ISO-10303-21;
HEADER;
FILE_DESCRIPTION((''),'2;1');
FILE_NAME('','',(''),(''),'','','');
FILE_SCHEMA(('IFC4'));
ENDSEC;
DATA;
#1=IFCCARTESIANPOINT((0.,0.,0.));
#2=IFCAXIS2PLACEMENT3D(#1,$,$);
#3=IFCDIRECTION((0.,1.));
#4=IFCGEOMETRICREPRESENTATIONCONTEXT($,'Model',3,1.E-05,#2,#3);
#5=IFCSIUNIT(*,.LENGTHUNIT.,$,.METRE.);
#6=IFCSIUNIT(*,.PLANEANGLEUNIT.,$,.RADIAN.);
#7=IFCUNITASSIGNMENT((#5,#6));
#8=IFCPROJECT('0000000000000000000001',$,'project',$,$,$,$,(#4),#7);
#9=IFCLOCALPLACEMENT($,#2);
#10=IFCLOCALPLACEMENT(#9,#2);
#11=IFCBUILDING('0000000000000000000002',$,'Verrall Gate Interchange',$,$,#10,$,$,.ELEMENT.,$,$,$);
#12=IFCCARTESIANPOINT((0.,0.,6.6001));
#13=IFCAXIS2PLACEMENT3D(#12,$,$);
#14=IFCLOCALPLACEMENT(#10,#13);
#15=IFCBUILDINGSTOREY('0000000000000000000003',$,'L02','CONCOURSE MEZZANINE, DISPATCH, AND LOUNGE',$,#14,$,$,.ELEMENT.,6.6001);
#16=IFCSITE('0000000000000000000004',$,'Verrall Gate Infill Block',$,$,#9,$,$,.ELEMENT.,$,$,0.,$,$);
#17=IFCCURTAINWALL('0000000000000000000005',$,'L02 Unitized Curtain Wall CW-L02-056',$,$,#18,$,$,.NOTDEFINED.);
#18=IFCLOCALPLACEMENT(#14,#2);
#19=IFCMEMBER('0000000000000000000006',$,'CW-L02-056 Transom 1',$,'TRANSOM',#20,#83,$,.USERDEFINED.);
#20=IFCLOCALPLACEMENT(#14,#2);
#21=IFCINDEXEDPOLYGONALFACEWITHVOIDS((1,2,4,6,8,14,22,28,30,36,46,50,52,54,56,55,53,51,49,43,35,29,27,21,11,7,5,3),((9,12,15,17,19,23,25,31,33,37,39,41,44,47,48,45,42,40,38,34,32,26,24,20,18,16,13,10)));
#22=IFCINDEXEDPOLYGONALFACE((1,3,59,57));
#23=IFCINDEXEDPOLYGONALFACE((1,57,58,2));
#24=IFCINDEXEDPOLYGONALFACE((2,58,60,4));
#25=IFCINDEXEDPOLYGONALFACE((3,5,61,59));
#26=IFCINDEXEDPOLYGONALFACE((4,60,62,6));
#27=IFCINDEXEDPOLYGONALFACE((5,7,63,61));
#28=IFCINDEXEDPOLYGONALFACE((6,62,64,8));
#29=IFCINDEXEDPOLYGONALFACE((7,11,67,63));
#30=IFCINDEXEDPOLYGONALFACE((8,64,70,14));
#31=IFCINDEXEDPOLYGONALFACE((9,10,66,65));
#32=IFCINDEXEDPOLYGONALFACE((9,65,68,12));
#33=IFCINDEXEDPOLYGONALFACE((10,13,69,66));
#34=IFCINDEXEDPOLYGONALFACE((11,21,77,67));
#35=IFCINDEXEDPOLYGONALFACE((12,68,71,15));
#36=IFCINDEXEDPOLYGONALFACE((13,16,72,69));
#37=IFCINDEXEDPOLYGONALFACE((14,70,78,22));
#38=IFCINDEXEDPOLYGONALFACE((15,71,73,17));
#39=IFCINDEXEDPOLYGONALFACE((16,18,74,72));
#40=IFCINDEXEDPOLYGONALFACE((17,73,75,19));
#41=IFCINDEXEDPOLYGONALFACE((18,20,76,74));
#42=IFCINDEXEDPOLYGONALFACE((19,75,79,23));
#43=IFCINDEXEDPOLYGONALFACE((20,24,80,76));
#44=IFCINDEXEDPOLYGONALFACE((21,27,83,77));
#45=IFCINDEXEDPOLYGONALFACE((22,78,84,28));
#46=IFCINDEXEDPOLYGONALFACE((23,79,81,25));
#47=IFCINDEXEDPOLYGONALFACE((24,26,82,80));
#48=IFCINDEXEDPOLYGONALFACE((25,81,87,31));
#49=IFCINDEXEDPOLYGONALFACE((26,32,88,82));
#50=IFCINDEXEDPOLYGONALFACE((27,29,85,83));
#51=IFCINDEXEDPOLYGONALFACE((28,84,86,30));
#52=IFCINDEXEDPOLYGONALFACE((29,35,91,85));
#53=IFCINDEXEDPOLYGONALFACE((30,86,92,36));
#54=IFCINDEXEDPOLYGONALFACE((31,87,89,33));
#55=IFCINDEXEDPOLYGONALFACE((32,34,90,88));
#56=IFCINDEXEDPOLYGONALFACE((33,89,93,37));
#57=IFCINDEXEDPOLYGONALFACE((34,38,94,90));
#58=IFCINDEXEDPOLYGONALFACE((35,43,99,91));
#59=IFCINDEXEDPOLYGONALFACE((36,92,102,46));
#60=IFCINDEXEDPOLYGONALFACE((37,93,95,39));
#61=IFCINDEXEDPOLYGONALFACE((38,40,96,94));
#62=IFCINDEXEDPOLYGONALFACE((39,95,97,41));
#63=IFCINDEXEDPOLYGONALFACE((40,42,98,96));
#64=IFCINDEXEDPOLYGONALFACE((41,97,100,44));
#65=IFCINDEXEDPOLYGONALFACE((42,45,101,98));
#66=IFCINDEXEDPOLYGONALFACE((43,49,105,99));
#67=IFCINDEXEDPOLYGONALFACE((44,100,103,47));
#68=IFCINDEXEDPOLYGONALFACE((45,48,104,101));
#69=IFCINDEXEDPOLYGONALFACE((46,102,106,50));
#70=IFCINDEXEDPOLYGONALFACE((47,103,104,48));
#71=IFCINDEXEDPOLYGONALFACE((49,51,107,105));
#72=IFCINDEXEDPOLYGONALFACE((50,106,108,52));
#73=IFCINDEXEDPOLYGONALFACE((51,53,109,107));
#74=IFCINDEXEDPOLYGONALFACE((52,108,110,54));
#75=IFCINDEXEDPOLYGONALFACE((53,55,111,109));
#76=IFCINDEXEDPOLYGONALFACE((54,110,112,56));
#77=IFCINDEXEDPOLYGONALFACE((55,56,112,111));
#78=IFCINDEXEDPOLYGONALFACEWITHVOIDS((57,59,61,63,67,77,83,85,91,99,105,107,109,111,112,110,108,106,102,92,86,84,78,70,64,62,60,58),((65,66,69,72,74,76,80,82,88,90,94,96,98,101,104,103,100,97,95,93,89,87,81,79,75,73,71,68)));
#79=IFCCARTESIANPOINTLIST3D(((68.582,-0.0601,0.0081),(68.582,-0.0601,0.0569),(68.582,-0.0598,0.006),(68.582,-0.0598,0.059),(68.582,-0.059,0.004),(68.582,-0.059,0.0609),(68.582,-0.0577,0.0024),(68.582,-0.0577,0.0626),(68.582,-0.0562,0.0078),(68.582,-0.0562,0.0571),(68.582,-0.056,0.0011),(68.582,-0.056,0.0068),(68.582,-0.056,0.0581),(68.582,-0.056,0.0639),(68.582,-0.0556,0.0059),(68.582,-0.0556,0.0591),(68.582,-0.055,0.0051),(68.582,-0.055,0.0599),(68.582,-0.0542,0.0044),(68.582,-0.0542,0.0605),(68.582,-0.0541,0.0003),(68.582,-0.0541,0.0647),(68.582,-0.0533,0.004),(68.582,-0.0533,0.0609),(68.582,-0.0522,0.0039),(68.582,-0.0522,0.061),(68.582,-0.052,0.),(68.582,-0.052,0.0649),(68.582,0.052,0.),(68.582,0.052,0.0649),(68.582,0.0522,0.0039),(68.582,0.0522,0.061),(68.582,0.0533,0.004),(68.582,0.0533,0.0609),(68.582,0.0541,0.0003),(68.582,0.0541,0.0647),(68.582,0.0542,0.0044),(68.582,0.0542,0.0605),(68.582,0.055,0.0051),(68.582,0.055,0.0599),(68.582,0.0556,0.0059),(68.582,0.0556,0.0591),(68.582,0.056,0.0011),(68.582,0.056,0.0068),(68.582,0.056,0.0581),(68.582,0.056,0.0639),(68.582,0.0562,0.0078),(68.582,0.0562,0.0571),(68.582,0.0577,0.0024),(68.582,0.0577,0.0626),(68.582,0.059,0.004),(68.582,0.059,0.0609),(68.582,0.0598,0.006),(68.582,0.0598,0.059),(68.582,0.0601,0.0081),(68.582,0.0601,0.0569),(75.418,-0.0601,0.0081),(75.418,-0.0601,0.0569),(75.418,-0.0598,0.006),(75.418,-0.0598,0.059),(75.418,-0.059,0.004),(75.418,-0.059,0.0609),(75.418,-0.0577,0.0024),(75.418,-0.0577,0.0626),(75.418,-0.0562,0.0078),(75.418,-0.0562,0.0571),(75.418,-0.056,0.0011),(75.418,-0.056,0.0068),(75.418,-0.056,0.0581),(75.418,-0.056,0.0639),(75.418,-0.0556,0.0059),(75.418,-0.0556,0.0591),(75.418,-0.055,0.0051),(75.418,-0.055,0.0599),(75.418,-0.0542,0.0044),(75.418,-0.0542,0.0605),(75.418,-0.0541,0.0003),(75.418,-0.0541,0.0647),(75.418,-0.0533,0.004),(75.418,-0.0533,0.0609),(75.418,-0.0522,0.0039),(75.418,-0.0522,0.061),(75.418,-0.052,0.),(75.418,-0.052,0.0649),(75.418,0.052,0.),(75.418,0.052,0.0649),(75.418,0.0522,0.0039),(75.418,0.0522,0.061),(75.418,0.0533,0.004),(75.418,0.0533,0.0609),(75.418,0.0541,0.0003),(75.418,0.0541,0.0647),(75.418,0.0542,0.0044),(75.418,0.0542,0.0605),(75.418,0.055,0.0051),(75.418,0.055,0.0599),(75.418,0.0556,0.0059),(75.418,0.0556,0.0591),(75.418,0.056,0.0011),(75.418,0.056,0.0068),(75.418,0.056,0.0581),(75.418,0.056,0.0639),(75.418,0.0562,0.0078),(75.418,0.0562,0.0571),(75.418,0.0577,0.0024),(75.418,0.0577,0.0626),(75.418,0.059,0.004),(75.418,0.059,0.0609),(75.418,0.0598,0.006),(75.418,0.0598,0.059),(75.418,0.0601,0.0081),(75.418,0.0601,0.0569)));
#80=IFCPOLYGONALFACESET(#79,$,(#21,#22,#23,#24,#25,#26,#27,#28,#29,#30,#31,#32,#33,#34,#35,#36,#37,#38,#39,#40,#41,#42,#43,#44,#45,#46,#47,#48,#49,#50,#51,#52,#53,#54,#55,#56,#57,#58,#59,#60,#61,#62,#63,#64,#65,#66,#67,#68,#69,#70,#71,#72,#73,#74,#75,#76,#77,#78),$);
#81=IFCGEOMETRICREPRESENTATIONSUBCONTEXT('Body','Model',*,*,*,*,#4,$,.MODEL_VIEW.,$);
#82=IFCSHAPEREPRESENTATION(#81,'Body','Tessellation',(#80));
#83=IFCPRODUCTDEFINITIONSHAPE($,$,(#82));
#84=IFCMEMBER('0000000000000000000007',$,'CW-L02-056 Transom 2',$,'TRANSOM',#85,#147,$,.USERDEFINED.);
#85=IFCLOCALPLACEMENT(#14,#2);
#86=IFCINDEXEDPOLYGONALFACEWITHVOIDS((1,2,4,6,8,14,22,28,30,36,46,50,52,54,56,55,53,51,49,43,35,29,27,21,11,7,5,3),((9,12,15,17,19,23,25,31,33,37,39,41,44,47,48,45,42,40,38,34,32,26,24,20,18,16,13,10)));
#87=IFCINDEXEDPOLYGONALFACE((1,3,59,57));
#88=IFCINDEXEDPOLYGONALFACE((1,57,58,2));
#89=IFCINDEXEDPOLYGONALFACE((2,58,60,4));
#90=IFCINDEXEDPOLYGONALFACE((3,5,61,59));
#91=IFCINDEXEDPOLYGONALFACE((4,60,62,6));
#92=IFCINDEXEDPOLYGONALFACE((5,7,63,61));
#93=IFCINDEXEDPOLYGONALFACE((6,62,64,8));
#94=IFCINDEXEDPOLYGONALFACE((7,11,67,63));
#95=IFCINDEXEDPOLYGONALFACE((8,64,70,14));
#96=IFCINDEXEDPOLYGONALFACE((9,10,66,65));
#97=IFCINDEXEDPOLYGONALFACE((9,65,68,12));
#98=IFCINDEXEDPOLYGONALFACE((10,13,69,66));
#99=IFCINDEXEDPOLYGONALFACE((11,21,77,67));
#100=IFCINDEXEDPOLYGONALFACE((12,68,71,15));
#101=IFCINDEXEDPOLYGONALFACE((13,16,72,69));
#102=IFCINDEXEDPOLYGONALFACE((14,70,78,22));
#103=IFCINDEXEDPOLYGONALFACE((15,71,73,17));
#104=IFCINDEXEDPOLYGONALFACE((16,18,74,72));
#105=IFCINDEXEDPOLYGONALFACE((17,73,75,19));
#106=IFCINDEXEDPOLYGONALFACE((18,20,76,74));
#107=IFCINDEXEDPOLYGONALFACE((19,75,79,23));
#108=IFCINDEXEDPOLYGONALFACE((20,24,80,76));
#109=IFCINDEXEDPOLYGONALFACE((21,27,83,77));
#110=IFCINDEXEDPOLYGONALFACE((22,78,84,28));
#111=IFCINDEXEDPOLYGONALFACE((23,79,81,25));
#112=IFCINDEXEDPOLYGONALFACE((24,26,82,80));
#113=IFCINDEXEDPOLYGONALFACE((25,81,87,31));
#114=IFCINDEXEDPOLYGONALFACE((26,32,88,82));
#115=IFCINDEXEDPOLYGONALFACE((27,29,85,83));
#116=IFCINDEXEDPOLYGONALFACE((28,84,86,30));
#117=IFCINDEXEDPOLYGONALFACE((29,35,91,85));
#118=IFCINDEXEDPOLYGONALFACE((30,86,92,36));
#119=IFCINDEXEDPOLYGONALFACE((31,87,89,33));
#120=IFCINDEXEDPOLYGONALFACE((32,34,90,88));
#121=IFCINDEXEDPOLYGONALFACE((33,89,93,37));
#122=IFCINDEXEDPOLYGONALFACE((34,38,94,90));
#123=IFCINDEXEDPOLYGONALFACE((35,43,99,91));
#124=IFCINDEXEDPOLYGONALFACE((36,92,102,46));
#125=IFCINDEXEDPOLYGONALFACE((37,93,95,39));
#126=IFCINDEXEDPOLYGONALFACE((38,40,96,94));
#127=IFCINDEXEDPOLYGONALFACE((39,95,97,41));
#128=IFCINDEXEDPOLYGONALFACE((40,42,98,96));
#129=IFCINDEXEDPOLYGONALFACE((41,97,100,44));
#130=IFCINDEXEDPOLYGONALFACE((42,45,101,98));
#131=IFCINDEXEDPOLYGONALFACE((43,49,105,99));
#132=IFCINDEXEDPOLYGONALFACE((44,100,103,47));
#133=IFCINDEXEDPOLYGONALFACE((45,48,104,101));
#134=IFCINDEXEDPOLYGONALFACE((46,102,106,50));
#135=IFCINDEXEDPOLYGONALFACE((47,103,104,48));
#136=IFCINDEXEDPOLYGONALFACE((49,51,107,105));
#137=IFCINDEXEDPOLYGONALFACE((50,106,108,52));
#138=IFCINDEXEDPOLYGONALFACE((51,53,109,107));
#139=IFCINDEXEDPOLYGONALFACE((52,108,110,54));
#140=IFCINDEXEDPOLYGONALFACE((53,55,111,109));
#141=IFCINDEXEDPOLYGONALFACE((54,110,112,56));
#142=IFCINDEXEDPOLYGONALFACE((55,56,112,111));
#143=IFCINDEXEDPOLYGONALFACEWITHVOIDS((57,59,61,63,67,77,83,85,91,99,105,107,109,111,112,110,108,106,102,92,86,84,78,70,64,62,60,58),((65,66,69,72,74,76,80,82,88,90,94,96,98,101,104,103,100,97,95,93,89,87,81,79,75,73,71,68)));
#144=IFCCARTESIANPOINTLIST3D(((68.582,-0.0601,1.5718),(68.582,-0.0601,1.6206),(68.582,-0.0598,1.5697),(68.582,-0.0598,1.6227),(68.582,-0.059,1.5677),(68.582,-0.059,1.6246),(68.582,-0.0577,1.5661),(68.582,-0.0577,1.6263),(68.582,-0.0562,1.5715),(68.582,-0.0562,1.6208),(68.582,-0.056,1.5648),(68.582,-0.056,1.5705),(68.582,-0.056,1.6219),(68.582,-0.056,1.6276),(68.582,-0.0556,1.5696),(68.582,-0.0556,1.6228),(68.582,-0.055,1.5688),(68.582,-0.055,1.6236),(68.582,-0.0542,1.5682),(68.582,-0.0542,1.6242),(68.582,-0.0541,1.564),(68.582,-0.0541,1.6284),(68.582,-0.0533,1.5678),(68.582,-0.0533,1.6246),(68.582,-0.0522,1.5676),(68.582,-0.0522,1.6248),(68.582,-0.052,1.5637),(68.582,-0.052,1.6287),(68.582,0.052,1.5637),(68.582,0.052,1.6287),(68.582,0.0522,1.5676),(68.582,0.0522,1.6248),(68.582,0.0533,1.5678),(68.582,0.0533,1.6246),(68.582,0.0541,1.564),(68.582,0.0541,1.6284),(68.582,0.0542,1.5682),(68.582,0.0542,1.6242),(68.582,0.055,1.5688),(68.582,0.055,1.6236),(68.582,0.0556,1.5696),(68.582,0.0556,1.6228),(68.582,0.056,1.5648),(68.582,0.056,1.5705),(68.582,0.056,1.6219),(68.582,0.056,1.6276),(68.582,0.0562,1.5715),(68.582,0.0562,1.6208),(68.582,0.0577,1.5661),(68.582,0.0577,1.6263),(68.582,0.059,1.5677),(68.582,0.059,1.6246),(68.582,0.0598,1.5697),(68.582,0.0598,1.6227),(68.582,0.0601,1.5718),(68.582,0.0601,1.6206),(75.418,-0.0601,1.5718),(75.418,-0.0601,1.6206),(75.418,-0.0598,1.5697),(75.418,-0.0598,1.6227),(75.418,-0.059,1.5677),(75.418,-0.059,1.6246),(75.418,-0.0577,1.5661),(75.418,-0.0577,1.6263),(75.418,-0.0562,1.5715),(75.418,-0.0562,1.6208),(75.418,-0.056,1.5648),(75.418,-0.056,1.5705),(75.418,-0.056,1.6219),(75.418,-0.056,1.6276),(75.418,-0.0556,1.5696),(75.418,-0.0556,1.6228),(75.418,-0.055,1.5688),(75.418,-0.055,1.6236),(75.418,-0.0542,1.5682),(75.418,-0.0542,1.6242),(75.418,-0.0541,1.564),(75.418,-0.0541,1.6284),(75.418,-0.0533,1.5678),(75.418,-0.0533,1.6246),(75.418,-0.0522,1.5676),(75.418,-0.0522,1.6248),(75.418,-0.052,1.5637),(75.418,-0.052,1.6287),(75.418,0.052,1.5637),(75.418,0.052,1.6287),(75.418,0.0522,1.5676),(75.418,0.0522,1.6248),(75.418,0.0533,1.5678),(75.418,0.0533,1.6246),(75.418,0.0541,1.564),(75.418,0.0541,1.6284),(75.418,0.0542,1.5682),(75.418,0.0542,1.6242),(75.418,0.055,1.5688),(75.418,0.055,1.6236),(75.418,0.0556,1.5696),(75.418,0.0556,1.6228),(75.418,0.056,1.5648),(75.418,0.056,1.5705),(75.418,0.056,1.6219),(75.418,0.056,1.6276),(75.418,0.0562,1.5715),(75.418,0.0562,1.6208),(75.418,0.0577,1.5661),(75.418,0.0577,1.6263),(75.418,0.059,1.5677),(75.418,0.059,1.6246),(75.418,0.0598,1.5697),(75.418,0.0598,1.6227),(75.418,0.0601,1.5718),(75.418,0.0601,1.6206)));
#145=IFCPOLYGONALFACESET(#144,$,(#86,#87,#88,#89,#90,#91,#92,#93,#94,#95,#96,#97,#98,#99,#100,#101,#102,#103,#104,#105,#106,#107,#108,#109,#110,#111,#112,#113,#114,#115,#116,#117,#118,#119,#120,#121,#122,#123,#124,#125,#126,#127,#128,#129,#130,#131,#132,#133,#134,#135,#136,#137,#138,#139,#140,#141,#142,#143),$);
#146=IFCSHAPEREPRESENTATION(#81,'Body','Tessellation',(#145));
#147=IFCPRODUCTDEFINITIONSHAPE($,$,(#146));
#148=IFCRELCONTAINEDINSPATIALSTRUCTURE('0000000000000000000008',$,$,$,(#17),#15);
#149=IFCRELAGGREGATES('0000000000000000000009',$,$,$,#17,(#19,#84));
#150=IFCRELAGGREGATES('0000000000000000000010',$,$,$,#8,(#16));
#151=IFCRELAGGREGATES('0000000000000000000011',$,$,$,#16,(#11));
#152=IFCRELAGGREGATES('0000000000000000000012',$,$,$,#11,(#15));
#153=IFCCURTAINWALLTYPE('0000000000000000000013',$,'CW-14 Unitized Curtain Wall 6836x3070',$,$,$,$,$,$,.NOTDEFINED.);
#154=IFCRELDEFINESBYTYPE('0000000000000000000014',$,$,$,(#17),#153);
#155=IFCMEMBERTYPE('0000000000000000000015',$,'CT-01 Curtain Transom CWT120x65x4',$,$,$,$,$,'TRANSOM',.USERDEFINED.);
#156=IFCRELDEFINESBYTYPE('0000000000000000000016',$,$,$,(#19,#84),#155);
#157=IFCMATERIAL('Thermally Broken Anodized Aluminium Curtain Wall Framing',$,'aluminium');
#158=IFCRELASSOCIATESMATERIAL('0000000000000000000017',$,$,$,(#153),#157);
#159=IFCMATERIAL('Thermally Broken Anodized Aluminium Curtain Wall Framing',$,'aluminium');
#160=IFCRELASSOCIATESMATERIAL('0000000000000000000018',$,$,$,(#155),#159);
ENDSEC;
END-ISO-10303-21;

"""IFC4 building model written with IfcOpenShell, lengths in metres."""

from ifc_helpers import new_model, si_unit, direction, frame, origin, origin_2d, place, context, subcontext, project, spatial, hollow_rectangle, extrude, material, material_profile, profile_set, type_object, element, aggregate, save


model = new_model("IFC4")

# Units and contexts
model_context = context("Model", 3, precision=1e-05, world=origin(), true_north=direction((0.0, 1.0)))
body_context = subcontext(model_context, "Body", "Model", "MODEL_VIEW")
ifc_project = project(units=[si_unit("LENGTHUNIT", "METRE"), si_unit("PLANEANGLEUNIT", "RADIAN")], contexts=[model_context])

# Site, building, storey
site_placement = place(None, origin())
site = spatial("IfcSite", under=ifc_project, at=site_placement, Name="Verrall Gate Infill Block", CompositionType="ELEMENT", RefElevation=0.0)
building_placement = place(site_placement, origin())
building = spatial("IfcBuilding", under=site, at=building_placement, Name="Verrall Gate Interchange", CompositionType="ELEMENT")
storey_placement = place(building_placement, frame((0.0, 0.0, 6.6001)))
storey = spatial("IfcBuildingStorey", under=building, at=storey_placement, Name="L02", Description="CONCOURSE MEZZANINE, DISPATCH, AND LOUNGE", CompositionType="ELEMENT", Elevation=6.6001)

# Curtain wall
ifc_material_1 = material(Name="Thermally Broken Anodized Aluminium Curtain Wall Framing", Category="aluminium")
curtain_wall_type = type_object("IfcCurtainWallType", Name="CW-14 Unitized Curtain Wall 6836x3070", PredefinedType="NOTDEFINED", material=ifc_material_1)
curtain_wall_1_placement = place(storey_placement, origin())
curtain_wall_1 = element("IfcCurtainWall", 1, at=curtain_wall_1_placement, inside=storey, type_object=curtain_wall_type, Name="L02 Unitized Curtain Wall CW-L02-056", PredefinedType="NOTDEFINED")

# Members
ifc_material_2 = material(Name="Thermally Broken Anodized Aluminium Curtain Wall Framing", Category="aluminium")
ifc_material_profile_1 = material_profile(ifc_material_2, hollow_rectangle(XDim=0.1201, YDim=0.0649, WallThickness=0.0039, InnerFilletRadius=0.0039, OuterFilletRadius=0.0081, at=origin_2d()), Name="CWT120x65x4")
ifc_profile_set_1 = profile_set([ifc_material_profile_1], Name="Thermally Broken Anodized Aluminium Curtain Wall Framing")
member_type_1 = type_object("IfcMemberType", Name="CT-01 Curtain Transom CWT120x65x4", ElementType="TRANSOM", PredefinedType="USERDEFINED", material=ifc_profile_set_1)
member_1_placement = place(storey_placement, frame((68.582, 0.0, 0.0325), z_axis=(1.0, 0.0, 0.0), x_axis=(0.0, 1.0, 0.0)))
member_1 = element("IfcMember", 2, at=member_1_placement, type_object=member_type_1, Name="CW-L02-056 Transom 1", ObjectType="TRANSOM", PredefinedType="USERDEFINED", context=body_context, shape_type="SweptSolid", body=[
    extrude(hollow_rectangle(XDim=0.1201, YDim=0.0649, WallThickness=0.0039, InnerFilletRadius=0.0039, OuterFilletRadius=0.0081, at=origin_2d()), origin(), (0.0, 0.0, 1.0), 6.8359),
])
member_2_placement = place(storey_placement, frame((68.582, 0.0, 1.5962), z_axis=(1.0, 0.0, 0.0), x_axis=(0.0, 1.0, 0.0)))
member_2 = element("IfcMember", 3, at=member_2_placement, type_object=member_type_1, Name="CW-L02-056 Transom 2", ObjectType="TRANSOM", PredefinedType="USERDEFINED", context=body_context, shape_type="SweptSolid", body=[
    extrude(hollow_rectangle(XDim=0.1201, YDim=0.0649, WallThickness=0.0039, InnerFilletRadius=0.0039, OuterFilletRadius=0.0081, at=origin_2d()), origin(), (0.0, 0.0, 1.0), 6.8359),
])

aggregate(curtain_wall_1, [member_1, member_2])

save(model, "model.ifc")
